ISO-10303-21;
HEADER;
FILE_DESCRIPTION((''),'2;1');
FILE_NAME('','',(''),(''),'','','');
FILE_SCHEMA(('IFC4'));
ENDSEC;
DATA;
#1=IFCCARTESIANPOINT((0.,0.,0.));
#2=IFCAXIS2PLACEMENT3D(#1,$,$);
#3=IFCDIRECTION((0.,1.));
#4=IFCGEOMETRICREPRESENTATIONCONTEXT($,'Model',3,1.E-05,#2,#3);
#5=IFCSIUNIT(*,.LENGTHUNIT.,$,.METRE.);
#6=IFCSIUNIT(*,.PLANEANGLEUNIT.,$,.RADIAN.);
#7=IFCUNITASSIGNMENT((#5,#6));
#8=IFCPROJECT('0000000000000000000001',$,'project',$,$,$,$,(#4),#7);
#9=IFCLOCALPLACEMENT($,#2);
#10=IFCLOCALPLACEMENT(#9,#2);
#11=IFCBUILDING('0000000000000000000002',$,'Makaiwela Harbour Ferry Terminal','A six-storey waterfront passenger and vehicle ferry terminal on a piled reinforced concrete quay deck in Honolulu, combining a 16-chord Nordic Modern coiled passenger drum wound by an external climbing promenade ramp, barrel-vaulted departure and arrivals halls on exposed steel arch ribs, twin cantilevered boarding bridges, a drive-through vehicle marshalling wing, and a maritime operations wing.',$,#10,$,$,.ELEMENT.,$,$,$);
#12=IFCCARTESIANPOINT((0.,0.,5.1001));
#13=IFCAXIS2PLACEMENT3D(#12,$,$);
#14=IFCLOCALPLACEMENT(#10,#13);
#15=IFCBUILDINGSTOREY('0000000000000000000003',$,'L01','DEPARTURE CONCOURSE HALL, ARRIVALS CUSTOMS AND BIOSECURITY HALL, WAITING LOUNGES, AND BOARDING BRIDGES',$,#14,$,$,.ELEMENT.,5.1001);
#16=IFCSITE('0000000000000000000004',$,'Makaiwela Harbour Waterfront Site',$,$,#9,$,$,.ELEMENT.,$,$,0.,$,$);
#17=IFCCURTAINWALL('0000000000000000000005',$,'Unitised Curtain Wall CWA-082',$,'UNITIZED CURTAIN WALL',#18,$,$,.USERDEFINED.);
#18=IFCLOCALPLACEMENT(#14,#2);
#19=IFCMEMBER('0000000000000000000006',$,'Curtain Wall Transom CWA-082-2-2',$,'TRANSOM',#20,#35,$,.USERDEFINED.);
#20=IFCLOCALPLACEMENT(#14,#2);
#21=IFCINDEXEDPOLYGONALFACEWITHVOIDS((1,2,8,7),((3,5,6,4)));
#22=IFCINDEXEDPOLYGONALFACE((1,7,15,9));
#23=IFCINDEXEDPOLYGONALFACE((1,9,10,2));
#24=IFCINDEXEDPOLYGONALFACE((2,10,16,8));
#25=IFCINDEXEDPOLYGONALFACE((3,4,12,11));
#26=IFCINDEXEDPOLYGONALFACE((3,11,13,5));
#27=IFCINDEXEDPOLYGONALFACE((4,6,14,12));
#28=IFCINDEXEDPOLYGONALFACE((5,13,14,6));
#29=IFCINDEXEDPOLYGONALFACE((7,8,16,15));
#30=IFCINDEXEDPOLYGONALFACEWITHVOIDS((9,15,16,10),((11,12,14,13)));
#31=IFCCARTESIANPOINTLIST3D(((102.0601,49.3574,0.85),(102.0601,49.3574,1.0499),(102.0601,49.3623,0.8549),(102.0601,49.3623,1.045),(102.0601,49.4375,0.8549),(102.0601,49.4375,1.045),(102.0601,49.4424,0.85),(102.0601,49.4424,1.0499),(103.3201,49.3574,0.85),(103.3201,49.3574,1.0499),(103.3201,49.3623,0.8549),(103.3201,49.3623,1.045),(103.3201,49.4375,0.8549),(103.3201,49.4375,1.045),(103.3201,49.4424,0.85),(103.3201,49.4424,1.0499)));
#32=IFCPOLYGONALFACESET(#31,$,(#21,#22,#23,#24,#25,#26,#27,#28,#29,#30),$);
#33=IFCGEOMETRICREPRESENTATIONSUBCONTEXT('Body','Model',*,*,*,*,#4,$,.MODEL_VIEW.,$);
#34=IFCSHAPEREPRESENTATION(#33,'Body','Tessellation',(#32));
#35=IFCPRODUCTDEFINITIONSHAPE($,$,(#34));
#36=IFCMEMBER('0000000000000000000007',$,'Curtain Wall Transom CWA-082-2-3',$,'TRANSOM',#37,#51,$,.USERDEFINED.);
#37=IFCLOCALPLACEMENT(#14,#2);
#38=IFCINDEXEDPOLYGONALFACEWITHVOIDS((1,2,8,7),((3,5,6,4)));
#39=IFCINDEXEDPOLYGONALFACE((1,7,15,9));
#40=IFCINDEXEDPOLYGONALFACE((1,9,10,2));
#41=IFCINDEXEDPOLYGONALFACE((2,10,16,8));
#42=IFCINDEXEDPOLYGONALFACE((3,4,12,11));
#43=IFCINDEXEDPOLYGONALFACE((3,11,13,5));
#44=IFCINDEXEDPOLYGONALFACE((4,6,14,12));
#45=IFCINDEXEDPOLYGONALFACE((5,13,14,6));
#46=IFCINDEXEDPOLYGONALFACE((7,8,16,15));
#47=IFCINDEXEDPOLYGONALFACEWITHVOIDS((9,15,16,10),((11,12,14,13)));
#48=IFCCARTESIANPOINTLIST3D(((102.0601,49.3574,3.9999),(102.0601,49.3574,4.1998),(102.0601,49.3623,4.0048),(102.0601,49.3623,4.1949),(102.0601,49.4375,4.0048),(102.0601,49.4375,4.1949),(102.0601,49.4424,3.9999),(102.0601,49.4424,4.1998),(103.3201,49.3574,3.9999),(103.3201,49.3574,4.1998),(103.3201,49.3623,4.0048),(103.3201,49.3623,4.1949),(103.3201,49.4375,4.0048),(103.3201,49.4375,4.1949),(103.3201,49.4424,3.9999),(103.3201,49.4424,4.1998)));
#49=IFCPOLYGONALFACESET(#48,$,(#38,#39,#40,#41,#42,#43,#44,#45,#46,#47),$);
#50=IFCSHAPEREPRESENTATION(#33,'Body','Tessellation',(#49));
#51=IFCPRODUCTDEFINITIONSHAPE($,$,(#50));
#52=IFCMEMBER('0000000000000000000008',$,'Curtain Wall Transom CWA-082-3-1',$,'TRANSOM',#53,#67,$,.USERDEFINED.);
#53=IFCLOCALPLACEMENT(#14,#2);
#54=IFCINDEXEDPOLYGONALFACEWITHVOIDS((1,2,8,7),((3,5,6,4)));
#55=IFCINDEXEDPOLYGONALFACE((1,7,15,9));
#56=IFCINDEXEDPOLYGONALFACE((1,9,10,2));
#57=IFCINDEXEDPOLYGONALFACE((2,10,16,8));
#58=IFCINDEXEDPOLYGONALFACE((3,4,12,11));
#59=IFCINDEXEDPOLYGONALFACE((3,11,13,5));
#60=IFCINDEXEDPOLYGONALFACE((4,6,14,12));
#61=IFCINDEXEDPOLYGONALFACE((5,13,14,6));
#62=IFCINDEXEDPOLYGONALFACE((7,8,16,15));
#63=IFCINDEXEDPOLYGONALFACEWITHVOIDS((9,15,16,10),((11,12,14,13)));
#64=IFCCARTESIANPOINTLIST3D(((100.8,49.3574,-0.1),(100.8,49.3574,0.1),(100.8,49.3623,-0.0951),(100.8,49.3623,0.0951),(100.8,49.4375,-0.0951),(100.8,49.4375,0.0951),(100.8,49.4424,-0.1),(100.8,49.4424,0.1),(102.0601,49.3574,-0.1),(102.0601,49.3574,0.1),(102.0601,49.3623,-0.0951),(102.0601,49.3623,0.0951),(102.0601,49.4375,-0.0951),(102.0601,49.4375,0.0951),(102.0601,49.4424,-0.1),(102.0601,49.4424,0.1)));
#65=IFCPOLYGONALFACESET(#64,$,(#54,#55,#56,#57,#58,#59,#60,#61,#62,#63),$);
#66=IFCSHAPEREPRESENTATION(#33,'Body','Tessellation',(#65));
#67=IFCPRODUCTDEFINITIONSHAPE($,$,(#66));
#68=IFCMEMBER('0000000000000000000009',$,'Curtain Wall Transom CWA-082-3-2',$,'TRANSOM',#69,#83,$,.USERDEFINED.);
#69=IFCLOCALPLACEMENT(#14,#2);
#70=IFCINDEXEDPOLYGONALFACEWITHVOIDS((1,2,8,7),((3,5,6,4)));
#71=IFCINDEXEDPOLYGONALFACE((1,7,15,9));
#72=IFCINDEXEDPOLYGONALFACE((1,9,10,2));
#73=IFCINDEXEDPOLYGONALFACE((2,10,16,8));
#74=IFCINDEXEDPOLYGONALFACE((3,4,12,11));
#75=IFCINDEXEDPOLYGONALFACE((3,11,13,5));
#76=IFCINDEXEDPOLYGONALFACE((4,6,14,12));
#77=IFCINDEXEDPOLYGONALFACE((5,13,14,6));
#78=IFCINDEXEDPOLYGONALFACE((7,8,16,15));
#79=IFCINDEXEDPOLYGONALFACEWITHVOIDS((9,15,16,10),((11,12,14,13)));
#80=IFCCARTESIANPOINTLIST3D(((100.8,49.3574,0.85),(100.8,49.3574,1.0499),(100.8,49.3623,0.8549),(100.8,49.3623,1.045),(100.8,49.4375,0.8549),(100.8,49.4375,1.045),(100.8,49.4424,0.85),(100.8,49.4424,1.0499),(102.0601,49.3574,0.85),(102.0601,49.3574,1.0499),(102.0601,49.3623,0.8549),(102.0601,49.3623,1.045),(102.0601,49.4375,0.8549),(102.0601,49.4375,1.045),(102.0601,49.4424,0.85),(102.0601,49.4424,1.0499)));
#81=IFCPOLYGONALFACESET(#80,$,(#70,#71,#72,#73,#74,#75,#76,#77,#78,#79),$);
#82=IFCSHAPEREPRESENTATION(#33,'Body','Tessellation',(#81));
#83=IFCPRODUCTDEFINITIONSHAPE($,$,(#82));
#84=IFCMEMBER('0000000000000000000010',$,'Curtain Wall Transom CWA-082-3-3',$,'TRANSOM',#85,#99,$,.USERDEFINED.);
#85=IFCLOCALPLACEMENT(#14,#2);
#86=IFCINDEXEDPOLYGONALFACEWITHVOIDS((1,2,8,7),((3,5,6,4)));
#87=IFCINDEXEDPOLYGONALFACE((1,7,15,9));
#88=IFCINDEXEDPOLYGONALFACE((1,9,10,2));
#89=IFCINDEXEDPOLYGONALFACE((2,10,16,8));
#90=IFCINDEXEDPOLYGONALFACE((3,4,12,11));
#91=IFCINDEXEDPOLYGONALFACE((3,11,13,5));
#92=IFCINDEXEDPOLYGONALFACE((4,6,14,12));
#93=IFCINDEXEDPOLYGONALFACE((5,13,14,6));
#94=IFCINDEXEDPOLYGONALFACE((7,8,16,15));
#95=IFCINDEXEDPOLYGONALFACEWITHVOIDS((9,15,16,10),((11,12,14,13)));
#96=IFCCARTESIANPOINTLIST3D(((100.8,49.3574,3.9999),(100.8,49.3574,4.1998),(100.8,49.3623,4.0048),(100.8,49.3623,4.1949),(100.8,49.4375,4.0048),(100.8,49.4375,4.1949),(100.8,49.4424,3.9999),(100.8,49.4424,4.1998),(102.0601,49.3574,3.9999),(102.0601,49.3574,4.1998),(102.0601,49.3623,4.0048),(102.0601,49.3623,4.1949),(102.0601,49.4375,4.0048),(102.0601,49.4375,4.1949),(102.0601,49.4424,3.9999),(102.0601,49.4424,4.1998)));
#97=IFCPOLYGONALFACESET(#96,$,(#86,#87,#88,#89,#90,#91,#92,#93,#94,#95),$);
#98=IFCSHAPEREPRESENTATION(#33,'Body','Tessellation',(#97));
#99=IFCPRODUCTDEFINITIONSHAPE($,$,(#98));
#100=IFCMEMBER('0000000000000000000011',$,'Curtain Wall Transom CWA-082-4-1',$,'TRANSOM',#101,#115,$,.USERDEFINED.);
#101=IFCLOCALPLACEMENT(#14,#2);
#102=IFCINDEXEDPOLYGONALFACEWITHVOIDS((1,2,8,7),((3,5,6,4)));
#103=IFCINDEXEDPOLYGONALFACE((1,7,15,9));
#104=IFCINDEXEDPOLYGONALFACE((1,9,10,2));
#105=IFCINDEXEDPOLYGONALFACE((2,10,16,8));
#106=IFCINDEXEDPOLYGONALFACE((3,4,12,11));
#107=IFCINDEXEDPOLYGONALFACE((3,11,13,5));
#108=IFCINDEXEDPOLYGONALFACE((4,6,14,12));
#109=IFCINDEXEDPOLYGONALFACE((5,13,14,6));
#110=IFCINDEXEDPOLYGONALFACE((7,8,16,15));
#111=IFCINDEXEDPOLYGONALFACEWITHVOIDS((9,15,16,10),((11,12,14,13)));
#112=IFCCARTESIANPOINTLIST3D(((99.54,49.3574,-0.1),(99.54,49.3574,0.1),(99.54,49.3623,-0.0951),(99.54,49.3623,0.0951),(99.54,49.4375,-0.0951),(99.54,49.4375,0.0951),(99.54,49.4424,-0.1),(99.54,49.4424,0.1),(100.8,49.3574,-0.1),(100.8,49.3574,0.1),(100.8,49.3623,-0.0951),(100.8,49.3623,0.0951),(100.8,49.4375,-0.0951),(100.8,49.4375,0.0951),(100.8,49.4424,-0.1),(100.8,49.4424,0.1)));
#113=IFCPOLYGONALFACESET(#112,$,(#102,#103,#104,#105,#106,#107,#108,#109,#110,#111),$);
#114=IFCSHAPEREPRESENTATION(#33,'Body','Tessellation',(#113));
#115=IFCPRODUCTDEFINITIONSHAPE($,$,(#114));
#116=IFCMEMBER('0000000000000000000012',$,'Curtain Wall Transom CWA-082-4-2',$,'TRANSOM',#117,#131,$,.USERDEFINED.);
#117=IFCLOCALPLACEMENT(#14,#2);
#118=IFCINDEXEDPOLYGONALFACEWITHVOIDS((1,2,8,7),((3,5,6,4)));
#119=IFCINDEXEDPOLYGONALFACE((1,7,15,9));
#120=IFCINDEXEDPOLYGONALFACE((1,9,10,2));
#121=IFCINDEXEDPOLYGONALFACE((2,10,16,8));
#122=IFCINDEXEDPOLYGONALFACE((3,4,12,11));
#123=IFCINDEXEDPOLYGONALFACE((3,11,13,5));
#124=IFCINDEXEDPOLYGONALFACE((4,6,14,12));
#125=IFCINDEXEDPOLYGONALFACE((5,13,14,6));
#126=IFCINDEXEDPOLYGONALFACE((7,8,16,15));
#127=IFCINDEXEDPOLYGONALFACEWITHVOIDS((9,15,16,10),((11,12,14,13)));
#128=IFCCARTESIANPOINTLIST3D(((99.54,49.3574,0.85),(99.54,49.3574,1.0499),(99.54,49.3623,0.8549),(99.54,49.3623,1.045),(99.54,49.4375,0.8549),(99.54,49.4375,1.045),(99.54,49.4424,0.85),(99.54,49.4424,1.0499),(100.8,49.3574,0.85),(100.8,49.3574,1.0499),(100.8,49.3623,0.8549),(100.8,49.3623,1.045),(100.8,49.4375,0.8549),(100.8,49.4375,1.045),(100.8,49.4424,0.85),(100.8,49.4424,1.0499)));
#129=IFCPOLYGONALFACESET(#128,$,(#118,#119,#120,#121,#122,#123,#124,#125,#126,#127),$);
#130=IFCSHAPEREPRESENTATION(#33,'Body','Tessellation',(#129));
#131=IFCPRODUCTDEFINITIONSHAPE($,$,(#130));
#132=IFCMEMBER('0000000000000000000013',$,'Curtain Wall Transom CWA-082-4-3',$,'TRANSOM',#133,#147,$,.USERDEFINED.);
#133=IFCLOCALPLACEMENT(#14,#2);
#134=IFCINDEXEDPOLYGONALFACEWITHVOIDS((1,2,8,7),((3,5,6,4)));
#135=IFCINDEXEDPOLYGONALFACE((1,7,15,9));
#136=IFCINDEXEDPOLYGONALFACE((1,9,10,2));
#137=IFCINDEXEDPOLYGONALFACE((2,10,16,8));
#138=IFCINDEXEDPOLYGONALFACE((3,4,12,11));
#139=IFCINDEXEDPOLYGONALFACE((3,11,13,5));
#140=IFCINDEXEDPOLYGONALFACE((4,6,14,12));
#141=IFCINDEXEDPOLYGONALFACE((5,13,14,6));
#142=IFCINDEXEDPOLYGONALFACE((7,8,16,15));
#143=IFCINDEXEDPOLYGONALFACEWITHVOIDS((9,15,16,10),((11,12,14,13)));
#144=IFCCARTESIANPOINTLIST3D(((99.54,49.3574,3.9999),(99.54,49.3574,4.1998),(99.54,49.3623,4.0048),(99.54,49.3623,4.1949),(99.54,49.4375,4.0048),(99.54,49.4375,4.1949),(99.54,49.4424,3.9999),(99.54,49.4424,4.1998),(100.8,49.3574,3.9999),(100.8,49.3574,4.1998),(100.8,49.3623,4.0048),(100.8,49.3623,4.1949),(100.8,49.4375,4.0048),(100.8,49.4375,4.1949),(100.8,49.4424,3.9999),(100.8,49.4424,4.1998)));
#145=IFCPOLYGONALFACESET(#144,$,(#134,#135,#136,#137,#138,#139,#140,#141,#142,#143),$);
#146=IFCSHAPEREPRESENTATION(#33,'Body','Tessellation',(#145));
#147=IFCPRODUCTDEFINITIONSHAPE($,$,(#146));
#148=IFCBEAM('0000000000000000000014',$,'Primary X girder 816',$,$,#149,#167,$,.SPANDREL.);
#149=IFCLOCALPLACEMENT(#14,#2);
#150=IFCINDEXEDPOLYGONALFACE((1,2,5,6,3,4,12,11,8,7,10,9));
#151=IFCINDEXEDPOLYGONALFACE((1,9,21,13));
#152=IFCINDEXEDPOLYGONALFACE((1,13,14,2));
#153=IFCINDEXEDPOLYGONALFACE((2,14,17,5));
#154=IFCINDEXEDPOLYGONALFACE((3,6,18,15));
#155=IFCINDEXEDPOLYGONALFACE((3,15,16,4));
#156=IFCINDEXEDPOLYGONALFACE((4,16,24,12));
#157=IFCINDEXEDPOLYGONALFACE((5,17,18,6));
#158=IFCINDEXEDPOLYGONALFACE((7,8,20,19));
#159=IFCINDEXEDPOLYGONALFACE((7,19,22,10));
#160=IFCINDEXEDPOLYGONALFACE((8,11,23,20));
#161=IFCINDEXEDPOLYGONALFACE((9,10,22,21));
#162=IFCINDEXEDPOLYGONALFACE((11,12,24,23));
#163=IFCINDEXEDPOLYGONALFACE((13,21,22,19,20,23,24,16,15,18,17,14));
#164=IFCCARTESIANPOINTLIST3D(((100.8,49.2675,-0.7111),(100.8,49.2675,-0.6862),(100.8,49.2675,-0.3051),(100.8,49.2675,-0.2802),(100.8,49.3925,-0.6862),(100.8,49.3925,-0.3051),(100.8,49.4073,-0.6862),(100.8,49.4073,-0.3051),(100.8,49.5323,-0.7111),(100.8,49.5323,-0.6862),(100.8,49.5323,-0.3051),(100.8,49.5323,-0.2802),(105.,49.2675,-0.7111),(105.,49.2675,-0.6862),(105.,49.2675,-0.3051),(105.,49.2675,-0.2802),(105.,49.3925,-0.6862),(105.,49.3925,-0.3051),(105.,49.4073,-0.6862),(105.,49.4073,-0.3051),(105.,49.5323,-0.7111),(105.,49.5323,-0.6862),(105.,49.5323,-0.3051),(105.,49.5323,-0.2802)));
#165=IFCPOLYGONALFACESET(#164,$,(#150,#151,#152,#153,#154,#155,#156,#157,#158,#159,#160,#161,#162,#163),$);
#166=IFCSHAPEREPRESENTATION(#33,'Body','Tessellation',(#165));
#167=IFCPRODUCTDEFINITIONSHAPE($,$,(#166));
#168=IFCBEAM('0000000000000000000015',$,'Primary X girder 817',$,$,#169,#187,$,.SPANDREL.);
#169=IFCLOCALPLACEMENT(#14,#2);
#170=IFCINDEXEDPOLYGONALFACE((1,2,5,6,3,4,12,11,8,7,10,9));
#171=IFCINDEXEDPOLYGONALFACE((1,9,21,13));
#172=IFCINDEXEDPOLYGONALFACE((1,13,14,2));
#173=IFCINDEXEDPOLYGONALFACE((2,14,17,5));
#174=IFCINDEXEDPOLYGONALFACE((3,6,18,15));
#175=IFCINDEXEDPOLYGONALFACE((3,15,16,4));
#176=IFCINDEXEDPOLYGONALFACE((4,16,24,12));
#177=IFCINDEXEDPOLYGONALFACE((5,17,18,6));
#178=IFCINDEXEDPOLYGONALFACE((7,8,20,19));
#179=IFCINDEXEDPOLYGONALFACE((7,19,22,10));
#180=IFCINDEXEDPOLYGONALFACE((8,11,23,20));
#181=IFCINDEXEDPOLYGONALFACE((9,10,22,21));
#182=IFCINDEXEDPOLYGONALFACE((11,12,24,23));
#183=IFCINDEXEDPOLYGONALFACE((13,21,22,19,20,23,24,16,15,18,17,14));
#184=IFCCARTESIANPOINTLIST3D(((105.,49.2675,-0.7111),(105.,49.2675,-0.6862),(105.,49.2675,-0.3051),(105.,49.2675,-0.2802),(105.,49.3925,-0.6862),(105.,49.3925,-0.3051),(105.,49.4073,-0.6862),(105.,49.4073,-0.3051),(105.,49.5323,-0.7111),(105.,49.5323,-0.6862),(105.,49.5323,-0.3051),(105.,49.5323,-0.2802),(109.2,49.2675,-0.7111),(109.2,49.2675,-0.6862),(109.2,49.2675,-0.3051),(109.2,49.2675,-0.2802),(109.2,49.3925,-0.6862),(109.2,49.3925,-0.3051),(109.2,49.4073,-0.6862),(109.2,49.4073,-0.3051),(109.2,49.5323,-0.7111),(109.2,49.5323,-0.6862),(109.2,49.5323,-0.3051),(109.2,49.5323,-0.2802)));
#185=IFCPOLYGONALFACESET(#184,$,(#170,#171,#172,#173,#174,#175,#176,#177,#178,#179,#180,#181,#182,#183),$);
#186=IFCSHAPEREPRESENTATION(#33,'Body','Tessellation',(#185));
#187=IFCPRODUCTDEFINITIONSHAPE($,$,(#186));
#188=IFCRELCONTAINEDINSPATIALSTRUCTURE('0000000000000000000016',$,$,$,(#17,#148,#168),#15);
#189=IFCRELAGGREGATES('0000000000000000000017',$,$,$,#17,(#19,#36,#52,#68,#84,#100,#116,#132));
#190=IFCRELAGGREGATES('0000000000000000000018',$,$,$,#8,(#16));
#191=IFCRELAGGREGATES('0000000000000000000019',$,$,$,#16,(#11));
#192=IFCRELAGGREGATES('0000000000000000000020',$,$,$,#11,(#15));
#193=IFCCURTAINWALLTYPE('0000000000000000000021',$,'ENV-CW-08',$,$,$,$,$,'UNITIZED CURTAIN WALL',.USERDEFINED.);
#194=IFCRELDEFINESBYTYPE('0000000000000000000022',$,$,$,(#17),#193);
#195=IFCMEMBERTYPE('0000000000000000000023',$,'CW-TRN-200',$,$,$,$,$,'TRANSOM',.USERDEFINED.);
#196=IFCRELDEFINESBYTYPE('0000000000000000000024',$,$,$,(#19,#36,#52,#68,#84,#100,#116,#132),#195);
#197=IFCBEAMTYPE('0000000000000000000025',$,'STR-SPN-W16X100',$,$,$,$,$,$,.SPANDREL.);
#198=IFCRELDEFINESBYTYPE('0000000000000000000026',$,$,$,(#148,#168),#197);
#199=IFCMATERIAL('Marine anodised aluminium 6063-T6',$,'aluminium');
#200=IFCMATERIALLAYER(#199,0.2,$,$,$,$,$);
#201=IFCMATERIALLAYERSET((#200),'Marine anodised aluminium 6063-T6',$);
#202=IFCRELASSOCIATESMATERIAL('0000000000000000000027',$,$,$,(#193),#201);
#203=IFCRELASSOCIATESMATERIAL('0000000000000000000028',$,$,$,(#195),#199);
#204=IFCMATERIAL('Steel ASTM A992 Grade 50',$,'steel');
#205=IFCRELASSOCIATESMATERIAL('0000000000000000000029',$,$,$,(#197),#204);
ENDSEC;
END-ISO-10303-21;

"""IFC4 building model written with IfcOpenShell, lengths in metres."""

from ifc_helpers import new_model, si_unit, direction, frame, origin, origin_2d, place, context, subcontext, project, spatial, hollow_rectangle, i_section, extrude, material, layer, layer_set, material_profile, profile_set, type_object, element, aggregate, save


model = new_model("IFC4")

# Units and contexts
model_context = context("Model", 3, precision=1e-05, world=origin(), true_north=direction((0.0, 1.0)))
body_context = subcontext(model_context, "Body", "Model", "MODEL_VIEW")
ifc_project = project(units=[si_unit("LENGTHUNIT", "METRE"), si_unit("PLANEANGLEUNIT", "RADIAN")], contexts=[model_context])

# Site, building, storey
site_placement = place(None, origin())
site = spatial("IfcSite", under=ifc_project, at=site_placement, Name="Makaiwela Harbour Waterfront Site", CompositionType="ELEMENT", RefElevation=0.0)
building_placement = place(site_placement, origin())
building = spatial("IfcBuilding", under=site, at=building_placement, Name="Makaiwela Harbour Ferry Terminal", Description="A six-storey waterfront passenger and vehicle ferry terminal on a piled reinforced concrete quay deck in Honolulu, combining a 16-chord Nordic Modern coiled passenger drum wound by an external climbing promenade ramp, barrel-vaulted departure and arrivals halls on exposed steel arch ribs, twin cantilevered boarding bridges, a drive-through vehicle marshalling wing, and a maritime operations wing.", CompositionType="ELEMENT")
storey_placement = place(building_placement, frame((0.0, 0.0, 5.1001)))
storey = spatial("IfcBuildingStorey", under=building, at=storey_placement, Name="L01", Description="DEPARTURE CONCOURSE HALL, ARRIVALS CUSTOMS AND BIOSECURITY HALL, WAITING LOUNGES, AND BOARDING BRIDGES", CompositionType="ELEMENT", Elevation=5.1001)

# Shared definitions
ifc_material_1 = material(Name="Steel ASTM A992 Grade 50", Category="steel")

# Curtain wall, members
ifc_material_2 = material(Name="Marine anodised aluminium 6063-T6", Category="aluminium")
ifc_layer_1 = layer(ifc_material_2, 0.2)
ifc_layer_set_1 = layer_set([ifc_layer_1], Name="Marine anodised aluminium 6063-T6")
curtain_wall_type = type_object("IfcCurtainWallType", Name="ENV-CW-08", ElementType="UNITIZED CURTAIN WALL", PredefinedType="USERDEFINED", material=ifc_layer_set_1)
curtain_wall_placement = place(storey_placement, origin())
curtain_wall = element("IfcCurtainWall", 1, at=curtain_wall_placement, inside=storey, type_object=curtain_wall_type, Name="Unitised Curtain Wall CWA-082", ObjectType="UNITIZED CURTAIN WALL", PredefinedType="USERDEFINED")
ifc_material_profile_1 = material_profile(ifc_material_2, hollow_rectangle(XDim=0.085, YDim=0.2, WallThickness=0.0049, at=origin_2d()), Name="CWT-200X85")
ifc_profile_set_1 = profile_set([ifc_material_profile_1], Name="Marine anodised aluminium 6063-T6")
member_type_1 = type_object("IfcMemberType", Name="CW-TRN-200", ElementType="TRANSOM", PredefinedType="USERDEFINED", material=ifc_profile_set_1)
member_1_placement = place(storey_placement, frame((103.3201, 49.3999, 0.95), z_axis=(-1.0, 0.0, 0.0), x_axis=(0.0, -1.0, 0.0)))
member_1 = element("IfcMember", 2, at=member_1_placement, type_object=member_type_1, Name="Curtain Wall Transom CWA-082-2-2", ObjectType="TRANSOM", PredefinedType="USERDEFINED", context=body_context, shape_type="SweptSolid", body=[
    extrude(hollow_rectangle(XDim=0.085, YDim=0.2, WallThickness=0.0049, at=origin_2d()), origin(), (0.0, 0.0, 1.0), 1.26),
])
member_2_placement = place(storey_placement, frame((103.3201, 49.3999, 4.0999), z_axis=(-1.0, 0.0, 0.0), x_axis=(0.0, -1.0, 0.0)))
member_2 = element("IfcMember", 3, at=member_2_placement, type_object=member_type_1, Name="Curtain Wall Transom CWA-082-2-3", ObjectType="TRANSOM", PredefinedType="USERDEFINED", context=body_context, shape_type="SweptSolid", body=[
    extrude(hollow_rectangle(XDim=0.085, YDim=0.2, WallThickness=0.0049, at=origin_2d()), origin(), (0.0, 0.0, 1.0), 1.26),
])
member_3_placement = place(storey_placement, frame((102.0601, 49.3999, 0.0), z_axis=(-1.0, 0.0, 0.0), x_axis=(0.0, -1.0, 0.0)))
member_3 = element("IfcMember", 4, at=member_3_placement, type_object=member_type_1, Name="Curtain Wall Transom CWA-082-3-1", ObjectType="TRANSOM", PredefinedType="USERDEFINED", context=body_context, shape_type="SweptSolid", body=[
    extrude(hollow_rectangle(XDim=0.085, YDim=0.2, WallThickness=0.0049, at=origin_2d()), origin(), (0.0, 0.0, 1.0), 1.26),
])
member_4_placement = place(storey_placement, frame((102.0601, 49.3999, 0.95), z_axis=(-1.0, 0.0, 0.0), x_axis=(0.0, -1.0, 0.0)))
member_4 = element("IfcMember", 5, at=member_4_placement, type_object=member_type_1, Name="Curtain Wall Transom CWA-082-3-2", ObjectType="TRANSOM", PredefinedType="USERDEFINED", context=body_context, shape_type="SweptSolid", body=[
    extrude(hollow_rectangle(XDim=0.085, YDim=0.2, WallThickness=0.0049, at=origin_2d()), origin(), (0.0, 0.0, 1.0), 1.26),
])
member_5_placement = place(storey_placement, frame((102.0601, 49.3999, 4.0999), z_axis=(-1.0, 0.0, 0.0), x_axis=(0.0, -1.0, 0.0)))
member_5 = element("IfcMember", 6, at=member_5_placement, type_object=member_type_1, Name="Curtain Wall Transom CWA-082-3-3", ObjectType="TRANSOM", PredefinedType="USERDEFINED", context=body_context, shape_type="SweptSolid", body=[
    extrude(hollow_rectangle(XDim=0.085, YDim=0.2, WallThickness=0.0049, at=origin_2d()), origin(), (0.0, 0.0, 1.0), 1.26),
])
member_6_placement = place(storey_placement, frame((100.8, 49.3999, 0.0), z_axis=(-1.0, 0.0, 0.0), x_axis=(0.0, -1.0, 0.0)))
member_6 = element("IfcMember", 7, at=member_6_placement, type_object=member_type_1, Name="Curtain Wall Transom CWA-082-4-1", ObjectType="TRANSOM", PredefinedType="USERDEFINED", context=body_context, shape_type="SweptSolid", body=[
    extrude(hollow_rectangle(XDim=0.085, YDim=0.2, WallThickness=0.0049, at=origin_2d()), origin(), (0.0, 0.0, 1.0), 1.26),
])
member_7_placement = place(storey_placement, frame((100.8, 49.3999, 0.95), z_axis=(-1.0, 0.0, 0.0), x_axis=(0.0, -1.0, 0.0)))
member_7 = element("IfcMember", 8, at=member_7_placement, type_object=member_type_1, Name="Curtain Wall Transom CWA-082-4-2", ObjectType="TRANSOM", PredefinedType="USERDEFINED", context=body_context, shape_type="SweptSolid", body=[
    extrude(hollow_rectangle(XDim=0.085, YDim=0.2, WallThickness=0.0049, at=origin_2d()), origin(), (0.0, 0.0, 1.0), 1.26),
])
member_8_placement = place(storey_placement, frame((100.8, 49.3999, 4.0999), z_axis=(-1.0, 0.0, 0.0), x_axis=(0.0, -1.0, 0.0)))
member_8 = element("IfcMember", 9, at=member_8_placement, type_object=member_type_1, Name="Curtain Wall Transom CWA-082-4-3", ObjectType="TRANSOM", PredefinedType="USERDEFINED", context=body_context, shape_type="SweptSolid", body=[
    extrude(hollow_rectangle(XDim=0.085, YDim=0.2, WallThickness=0.0049, at=origin_2d()), origin(), (0.0, 0.0, 1.0), 1.26),
])

# Beams
ifc_material_profile_2 = material_profile(ifc_material_1, i_section(OverallWidth=0.2649, OverallDepth=0.4309, WebThickness=0.0149, FlangeThickness=0.0249, at=origin_2d()), Name="W16X100")
ifc_profile_set_2 = profile_set([ifc_material_profile_2], Name="Steel ASTM A992 Grade 50")
beam_type = type_object("IfcBeamType", Name="STR-SPN-W16X100", PredefinedType="SPANDREL", material=ifc_profile_set_2)
for number, where, z_axis, x_axis, name in (
    (10, (100.8, 49.3999, -0.4956), (1.0, 0.0, 0.0), (0.0, 1.0, 0.0), "Primary X girder 816"),
    (11, (105.0, 49.3999, -0.4956), (1.0, 0.0, 0.0), (0.0, 1.0, 0.0), "Primary X girder 817"),
):
    element("IfcBeam", number, at=place(storey_placement, frame(where, z_axis=z_axis, x_axis=x_axis)), inside=storey, type_object=beam_type, Name=name, PredefinedType="SPANDREL", context=body_context, shape_type="SweptSolid", body=[
        extrude(i_section(OverallWidth=0.2649, OverallDepth=0.4309, WebThickness=0.0149, FlangeThickness=0.0249, at=origin_2d()), origin(), (0.0, 0.0, 1.0), 4.2),
    ])

aggregate(curtain_wall, [member_1, member_2, member_3, member_4, member_5, member_6, member_7, member_8])

save(model, "model.ifc")
